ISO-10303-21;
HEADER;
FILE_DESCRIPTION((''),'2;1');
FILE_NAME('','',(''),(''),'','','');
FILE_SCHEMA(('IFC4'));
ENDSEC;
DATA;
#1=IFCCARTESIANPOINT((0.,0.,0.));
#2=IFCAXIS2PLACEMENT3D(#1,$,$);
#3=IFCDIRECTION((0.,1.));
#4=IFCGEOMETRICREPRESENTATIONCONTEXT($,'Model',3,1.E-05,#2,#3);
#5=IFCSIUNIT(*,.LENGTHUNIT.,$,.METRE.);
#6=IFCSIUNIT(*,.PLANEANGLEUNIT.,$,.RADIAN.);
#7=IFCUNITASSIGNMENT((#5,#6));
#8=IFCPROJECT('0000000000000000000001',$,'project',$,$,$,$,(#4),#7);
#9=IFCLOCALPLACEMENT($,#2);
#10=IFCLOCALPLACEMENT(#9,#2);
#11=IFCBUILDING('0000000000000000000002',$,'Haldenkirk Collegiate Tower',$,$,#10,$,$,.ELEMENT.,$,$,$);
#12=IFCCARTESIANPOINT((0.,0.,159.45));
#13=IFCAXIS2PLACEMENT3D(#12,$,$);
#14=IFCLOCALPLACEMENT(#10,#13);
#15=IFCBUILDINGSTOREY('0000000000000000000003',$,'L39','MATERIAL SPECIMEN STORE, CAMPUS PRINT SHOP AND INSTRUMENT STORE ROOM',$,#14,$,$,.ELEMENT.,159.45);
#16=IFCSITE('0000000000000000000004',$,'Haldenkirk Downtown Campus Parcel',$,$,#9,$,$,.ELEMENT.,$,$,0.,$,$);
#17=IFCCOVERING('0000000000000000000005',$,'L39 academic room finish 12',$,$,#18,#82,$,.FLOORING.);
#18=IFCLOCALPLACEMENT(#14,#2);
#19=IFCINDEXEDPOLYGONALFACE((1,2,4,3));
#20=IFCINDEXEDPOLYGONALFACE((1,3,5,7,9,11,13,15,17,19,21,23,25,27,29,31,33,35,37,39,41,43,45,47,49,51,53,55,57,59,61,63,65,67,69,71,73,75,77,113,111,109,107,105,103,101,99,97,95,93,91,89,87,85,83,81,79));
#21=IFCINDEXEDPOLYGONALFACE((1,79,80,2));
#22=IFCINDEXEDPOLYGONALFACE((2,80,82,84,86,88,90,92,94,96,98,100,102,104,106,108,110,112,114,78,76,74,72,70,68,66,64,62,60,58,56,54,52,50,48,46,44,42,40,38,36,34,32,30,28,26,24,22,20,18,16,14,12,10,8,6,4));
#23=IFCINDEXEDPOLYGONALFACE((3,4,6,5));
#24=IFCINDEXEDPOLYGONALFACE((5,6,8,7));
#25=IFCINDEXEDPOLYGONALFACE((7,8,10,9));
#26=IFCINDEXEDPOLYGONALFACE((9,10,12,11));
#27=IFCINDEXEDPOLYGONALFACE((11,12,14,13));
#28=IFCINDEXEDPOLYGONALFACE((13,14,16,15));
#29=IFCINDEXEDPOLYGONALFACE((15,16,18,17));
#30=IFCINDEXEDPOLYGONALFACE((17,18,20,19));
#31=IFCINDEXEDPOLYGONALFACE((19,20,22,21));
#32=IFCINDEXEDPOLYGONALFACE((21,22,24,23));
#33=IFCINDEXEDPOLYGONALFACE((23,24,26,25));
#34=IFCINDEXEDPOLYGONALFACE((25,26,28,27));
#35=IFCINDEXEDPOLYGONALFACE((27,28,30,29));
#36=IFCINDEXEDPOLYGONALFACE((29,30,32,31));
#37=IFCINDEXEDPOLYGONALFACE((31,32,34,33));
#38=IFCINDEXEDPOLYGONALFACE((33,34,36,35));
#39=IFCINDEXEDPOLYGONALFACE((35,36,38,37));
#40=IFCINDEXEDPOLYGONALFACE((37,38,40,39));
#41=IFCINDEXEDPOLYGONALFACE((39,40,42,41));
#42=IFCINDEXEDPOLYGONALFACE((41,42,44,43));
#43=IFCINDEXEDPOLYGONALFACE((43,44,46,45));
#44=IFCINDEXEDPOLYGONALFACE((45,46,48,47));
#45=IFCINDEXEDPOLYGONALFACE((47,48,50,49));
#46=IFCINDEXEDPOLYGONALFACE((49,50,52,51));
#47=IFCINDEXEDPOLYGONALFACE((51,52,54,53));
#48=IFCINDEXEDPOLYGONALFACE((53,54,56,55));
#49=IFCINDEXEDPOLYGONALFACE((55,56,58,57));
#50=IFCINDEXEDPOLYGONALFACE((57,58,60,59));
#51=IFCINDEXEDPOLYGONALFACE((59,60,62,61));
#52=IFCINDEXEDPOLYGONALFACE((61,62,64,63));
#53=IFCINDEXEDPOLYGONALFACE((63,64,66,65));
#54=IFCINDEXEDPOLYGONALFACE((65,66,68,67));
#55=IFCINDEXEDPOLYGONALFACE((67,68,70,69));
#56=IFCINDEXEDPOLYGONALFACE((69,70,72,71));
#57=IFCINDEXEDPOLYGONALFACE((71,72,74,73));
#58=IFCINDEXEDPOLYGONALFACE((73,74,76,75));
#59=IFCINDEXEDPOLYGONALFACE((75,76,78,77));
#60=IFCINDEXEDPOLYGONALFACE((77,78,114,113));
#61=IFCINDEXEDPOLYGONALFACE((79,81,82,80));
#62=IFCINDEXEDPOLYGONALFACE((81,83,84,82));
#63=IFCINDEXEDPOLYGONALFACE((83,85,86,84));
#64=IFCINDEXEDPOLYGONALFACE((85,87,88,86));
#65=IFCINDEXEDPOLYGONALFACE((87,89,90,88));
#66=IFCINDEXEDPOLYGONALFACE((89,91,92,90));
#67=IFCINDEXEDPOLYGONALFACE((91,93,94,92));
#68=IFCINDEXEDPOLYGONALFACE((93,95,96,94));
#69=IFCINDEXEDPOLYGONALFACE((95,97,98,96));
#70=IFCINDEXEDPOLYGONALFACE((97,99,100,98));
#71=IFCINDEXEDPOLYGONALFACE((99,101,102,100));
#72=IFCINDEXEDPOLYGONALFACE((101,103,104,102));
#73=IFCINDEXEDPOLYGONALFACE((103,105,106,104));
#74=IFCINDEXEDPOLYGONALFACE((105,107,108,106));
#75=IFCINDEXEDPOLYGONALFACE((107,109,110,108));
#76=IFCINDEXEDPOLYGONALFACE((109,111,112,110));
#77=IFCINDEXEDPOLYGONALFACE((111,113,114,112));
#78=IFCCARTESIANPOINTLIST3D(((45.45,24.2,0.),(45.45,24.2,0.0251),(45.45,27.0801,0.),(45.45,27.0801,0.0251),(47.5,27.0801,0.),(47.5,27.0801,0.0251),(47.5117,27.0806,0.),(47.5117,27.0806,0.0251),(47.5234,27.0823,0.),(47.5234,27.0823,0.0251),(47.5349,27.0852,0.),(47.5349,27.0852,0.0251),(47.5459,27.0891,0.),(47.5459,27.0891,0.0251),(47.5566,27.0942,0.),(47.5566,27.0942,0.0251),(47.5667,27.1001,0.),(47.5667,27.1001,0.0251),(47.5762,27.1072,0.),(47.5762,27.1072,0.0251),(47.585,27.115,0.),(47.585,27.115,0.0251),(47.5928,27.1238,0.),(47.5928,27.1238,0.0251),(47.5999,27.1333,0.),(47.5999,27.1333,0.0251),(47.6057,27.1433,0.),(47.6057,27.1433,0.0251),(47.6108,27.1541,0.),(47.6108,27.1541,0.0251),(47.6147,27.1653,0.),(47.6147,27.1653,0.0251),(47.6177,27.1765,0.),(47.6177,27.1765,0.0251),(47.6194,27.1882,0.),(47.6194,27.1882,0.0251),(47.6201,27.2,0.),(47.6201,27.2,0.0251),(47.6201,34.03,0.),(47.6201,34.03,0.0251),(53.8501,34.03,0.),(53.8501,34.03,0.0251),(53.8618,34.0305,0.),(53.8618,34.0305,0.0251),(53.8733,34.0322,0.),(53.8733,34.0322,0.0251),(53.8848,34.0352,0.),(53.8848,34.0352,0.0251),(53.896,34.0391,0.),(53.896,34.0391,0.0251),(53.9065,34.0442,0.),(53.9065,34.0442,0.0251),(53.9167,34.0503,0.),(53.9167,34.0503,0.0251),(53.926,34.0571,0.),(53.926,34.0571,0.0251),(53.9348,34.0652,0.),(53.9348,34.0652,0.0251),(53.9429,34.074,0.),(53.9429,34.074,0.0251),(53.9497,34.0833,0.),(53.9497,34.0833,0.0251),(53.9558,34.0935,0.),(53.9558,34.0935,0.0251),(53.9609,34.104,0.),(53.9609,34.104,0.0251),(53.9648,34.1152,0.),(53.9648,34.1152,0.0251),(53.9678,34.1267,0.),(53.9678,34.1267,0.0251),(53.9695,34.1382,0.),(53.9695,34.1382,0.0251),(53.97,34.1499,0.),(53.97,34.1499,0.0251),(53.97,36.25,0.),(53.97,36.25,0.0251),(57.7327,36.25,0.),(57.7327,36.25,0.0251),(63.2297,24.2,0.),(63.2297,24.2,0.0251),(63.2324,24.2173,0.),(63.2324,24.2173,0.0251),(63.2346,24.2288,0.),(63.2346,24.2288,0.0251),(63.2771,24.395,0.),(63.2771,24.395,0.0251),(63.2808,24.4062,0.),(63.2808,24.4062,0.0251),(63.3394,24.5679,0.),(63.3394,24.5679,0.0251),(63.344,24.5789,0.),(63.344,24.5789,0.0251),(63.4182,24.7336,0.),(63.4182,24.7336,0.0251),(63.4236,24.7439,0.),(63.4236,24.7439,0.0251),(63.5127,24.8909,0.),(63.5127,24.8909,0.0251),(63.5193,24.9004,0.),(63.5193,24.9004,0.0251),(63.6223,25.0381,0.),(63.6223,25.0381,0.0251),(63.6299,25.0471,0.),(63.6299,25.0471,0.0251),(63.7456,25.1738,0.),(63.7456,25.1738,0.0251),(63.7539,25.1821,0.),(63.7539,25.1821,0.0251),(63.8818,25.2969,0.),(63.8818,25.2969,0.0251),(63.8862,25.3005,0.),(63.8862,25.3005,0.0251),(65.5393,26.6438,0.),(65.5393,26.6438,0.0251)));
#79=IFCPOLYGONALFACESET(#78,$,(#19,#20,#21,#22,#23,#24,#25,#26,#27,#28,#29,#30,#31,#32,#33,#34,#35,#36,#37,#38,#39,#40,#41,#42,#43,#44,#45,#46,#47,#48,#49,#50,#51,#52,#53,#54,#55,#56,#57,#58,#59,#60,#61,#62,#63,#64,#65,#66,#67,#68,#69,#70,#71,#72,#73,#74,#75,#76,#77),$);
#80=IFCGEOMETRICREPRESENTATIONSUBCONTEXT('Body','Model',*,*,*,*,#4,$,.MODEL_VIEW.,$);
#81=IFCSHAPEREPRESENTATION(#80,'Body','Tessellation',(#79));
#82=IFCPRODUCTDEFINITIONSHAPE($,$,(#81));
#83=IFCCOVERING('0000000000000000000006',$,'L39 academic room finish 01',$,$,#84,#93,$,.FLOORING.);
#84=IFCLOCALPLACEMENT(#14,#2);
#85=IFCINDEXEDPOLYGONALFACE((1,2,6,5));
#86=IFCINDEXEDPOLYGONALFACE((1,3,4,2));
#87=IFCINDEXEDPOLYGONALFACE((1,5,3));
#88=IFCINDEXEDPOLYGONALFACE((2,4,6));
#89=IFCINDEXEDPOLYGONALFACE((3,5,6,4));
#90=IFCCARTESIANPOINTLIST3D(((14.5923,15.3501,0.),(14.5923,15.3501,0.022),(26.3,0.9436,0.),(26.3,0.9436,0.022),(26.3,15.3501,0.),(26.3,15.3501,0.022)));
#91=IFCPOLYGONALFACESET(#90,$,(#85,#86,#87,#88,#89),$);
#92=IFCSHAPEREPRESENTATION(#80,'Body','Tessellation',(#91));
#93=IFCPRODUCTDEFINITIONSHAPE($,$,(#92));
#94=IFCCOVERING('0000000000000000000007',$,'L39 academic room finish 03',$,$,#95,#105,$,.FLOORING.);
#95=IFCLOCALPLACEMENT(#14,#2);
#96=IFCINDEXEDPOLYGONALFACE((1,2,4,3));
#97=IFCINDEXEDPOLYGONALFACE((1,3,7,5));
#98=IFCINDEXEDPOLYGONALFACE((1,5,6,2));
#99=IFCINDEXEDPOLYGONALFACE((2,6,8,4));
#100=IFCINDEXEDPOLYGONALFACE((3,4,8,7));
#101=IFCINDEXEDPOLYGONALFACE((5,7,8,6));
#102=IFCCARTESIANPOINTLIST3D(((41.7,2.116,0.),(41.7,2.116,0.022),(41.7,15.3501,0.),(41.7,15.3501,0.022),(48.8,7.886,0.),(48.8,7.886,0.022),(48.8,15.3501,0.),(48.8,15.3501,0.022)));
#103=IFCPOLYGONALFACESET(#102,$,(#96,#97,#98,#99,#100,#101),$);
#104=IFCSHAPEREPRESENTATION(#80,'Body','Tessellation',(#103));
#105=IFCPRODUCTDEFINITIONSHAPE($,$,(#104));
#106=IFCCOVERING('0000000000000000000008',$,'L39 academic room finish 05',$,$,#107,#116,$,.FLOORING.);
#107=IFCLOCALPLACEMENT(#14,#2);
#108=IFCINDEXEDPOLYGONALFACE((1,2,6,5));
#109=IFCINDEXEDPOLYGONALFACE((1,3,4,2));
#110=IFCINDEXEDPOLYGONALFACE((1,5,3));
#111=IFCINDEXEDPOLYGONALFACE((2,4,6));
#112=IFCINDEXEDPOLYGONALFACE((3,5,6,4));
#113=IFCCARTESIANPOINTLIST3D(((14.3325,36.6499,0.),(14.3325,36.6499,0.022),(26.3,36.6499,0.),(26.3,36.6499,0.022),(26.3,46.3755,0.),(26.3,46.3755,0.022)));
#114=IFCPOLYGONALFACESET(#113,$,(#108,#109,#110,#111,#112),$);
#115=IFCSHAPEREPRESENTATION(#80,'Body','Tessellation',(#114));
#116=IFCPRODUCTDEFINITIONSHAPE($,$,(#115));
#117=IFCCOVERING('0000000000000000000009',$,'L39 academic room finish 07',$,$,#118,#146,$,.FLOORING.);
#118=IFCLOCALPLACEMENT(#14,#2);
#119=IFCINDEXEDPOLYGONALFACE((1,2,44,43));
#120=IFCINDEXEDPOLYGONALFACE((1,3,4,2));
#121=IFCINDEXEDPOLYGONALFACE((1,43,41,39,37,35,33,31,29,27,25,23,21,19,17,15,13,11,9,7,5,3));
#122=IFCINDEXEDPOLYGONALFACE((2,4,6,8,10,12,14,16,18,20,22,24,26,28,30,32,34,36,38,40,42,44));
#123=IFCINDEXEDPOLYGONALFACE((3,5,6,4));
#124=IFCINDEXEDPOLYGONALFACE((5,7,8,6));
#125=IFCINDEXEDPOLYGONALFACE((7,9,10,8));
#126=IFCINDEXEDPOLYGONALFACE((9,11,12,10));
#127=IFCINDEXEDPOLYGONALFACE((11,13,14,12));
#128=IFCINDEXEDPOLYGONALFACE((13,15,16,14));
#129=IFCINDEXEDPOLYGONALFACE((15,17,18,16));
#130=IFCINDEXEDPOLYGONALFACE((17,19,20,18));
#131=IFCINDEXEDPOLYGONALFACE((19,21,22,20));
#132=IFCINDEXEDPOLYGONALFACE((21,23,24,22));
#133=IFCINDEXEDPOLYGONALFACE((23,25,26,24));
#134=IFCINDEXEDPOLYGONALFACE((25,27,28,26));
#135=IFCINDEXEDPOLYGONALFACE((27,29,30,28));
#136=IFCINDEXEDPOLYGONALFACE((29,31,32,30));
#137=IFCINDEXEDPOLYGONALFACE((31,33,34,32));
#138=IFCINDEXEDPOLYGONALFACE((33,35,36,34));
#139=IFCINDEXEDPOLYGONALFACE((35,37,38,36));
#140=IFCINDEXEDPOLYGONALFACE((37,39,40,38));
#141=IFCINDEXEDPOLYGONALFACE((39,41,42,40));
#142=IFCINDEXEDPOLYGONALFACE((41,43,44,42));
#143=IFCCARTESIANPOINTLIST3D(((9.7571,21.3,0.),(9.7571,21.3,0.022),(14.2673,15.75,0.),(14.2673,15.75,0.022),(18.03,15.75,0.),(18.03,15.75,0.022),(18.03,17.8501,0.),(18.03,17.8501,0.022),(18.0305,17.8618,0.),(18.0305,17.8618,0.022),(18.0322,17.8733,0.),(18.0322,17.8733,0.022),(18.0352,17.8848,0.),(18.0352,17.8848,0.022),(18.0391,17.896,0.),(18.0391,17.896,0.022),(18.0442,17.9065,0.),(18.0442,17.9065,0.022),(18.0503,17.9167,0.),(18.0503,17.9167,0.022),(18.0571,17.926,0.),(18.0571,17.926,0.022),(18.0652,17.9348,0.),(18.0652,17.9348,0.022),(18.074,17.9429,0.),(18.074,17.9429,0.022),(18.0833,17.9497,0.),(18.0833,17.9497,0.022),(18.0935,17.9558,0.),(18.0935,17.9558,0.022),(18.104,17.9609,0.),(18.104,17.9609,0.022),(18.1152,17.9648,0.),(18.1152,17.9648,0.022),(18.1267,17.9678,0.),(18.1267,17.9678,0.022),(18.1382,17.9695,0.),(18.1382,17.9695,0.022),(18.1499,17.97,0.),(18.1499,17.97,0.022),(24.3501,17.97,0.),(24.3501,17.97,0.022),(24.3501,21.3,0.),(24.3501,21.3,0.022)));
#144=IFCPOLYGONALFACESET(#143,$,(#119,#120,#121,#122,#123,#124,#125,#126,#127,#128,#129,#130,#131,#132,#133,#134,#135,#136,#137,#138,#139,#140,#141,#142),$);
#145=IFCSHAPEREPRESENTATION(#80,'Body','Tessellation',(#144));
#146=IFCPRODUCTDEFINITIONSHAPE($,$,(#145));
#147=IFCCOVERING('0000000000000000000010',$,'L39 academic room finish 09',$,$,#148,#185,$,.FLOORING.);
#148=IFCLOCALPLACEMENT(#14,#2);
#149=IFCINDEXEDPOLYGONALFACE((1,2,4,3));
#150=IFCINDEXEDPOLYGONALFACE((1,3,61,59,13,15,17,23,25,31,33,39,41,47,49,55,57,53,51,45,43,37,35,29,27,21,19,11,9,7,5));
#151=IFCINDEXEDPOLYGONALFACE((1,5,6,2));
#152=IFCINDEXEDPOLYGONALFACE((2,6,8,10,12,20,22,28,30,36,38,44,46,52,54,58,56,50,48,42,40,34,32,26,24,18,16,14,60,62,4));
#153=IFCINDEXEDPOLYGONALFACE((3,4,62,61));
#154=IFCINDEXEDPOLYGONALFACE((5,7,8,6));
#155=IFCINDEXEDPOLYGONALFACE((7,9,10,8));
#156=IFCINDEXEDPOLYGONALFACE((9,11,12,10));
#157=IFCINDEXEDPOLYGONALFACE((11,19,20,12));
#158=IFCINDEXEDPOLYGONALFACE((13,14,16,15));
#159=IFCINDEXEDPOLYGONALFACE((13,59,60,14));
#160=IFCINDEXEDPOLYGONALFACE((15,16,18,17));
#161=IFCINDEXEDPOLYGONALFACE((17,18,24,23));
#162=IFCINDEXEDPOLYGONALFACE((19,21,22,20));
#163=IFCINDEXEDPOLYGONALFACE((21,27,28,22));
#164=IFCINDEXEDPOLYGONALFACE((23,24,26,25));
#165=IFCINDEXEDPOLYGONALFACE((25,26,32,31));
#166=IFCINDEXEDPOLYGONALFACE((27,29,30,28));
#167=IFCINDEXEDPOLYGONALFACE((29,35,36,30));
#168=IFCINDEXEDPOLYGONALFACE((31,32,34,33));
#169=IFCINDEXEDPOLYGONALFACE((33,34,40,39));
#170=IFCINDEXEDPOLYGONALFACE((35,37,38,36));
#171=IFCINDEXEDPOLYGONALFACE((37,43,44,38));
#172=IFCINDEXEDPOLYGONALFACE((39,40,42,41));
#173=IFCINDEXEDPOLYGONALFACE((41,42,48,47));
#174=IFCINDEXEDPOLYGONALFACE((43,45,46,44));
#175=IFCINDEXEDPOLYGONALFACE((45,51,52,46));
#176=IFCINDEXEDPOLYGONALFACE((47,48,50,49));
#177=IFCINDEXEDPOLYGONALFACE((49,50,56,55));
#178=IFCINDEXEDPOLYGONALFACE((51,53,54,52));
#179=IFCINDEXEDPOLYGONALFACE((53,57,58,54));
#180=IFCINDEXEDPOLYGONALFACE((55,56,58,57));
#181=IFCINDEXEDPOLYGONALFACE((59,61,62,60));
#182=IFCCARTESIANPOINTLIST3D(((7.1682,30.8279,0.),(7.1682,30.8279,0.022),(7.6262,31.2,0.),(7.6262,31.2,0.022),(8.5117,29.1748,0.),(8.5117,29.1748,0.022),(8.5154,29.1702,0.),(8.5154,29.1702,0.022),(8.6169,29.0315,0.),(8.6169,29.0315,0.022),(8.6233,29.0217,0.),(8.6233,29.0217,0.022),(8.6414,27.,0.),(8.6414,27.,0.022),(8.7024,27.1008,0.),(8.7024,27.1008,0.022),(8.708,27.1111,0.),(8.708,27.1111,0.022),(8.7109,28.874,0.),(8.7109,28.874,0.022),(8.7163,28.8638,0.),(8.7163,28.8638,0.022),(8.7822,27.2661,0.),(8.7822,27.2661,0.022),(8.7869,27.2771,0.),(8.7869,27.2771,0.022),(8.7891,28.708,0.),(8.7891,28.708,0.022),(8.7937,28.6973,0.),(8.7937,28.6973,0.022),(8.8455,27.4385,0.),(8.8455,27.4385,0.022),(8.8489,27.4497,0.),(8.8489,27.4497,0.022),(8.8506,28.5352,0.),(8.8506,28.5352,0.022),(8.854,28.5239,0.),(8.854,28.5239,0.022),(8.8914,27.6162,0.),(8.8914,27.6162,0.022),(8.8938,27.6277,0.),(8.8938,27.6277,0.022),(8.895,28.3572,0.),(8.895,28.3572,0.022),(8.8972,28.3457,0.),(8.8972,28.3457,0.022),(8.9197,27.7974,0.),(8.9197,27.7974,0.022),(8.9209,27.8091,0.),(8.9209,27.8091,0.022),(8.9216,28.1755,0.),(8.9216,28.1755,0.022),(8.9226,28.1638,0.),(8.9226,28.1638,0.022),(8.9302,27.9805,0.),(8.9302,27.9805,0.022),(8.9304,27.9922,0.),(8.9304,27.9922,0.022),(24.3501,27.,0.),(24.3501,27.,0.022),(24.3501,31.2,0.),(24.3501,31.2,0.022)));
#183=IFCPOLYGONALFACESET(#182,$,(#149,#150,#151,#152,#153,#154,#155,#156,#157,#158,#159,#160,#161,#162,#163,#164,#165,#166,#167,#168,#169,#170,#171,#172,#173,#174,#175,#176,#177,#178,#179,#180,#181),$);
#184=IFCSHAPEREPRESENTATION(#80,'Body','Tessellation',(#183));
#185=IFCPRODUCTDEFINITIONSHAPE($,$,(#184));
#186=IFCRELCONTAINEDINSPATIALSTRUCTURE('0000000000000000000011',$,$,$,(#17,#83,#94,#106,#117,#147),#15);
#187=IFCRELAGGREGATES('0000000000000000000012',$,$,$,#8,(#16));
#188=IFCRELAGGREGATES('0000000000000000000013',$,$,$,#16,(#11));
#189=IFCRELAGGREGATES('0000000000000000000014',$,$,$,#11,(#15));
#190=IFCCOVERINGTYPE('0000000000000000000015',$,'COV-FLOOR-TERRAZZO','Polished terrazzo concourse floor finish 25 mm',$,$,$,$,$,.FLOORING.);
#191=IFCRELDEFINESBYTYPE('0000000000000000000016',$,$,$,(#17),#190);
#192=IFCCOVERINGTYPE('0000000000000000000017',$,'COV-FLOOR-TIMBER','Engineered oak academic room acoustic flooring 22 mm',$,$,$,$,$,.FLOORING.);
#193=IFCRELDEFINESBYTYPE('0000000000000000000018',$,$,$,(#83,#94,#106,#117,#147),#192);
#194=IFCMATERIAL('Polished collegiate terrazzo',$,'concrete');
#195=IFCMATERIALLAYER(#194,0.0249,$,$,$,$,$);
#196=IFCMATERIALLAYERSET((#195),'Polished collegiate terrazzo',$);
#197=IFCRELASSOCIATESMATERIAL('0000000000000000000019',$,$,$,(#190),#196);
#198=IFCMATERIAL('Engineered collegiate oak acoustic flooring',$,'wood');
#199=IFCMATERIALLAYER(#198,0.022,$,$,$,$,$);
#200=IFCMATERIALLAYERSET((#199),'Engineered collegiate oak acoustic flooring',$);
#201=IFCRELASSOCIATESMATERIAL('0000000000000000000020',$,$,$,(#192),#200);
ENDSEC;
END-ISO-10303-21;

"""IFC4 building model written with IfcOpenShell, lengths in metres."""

from ifc_helpers import new_model, si_unit, direction, frame, origin, place, context, subcontext, project, spatial, polyline, outline, extrude, material, layer, layer_set, type_object, element, save


model = new_model("IFC4")

# Units and contexts
model_context = context("Model", 3, precision=1e-05, world=origin(), true_north=direction((0.0, 1.0)))
body_context = subcontext(model_context, "Body", "Model", "MODEL_VIEW")
ifc_project = project(units=[si_unit("LENGTHUNIT", "METRE"), si_unit("PLANEANGLEUNIT", "RADIAN")], contexts=[model_context])

# Site, building, storey
site_placement = place(None, origin())
site = spatial("IfcSite", under=ifc_project, at=site_placement, Name="Haldenkirk Downtown Campus Parcel", CompositionType="ELEMENT", RefElevation=0.0)
building_placement = place(site_placement, origin())
building = spatial("IfcBuilding", under=site, at=building_placement, Name="Haldenkirk Collegiate Tower", CompositionType="ELEMENT")
storey_placement = place(building_placement, frame((0.0, 0.0, 159.45)))
storey = spatial("IfcBuildingStorey", under=building, at=storey_placement, Name="L39", Description="MATERIAL SPECIMEN STORE, CAMPUS PRINT SHOP AND INSTRUMENT STORE ROOM", CompositionType="ELEMENT", Elevation=159.45)

# Coverings
ifc_material_1 = material(Name="Polished collegiate terrazzo", Category="concrete")
ifc_layer_1 = layer(ifc_material_1, 0.0249)
ifc_layer_set_1 = layer_set([ifc_layer_1], Name="Polished collegiate terrazzo")
covering_type_1 = type_object("IfcCoveringType", Name="COV-FLOOR-TERRAZZO", Description="Polished terrazzo concourse floor finish 25 mm", PredefinedType="FLOORING", material=ifc_layer_set_1)
covering_1_placement = place(storey_placement, origin())
element("IfcCovering", 1, at=covering_1_placement, inside=storey, type_object=covering_type_1, Name="L39 academic room finish 12", PredefinedType="FLOORING", context=body_context, shape_type="SweptSolid", body=[
    extrude(outline(polyline([(63.8862, 25.3005), (63.8818, 25.2969), (63.7539, 25.1821), (63.7456, 25.1738), (63.6299, 25.0471), (63.6223, 25.0381), (63.5193, 24.9004), (63.5127, 24.8909), (63.4236, 24.7439), (63.4182, 24.7336), (63.344, 24.5789), (63.3394, 24.5679), (63.2808, 24.4062), (63.2771, 24.395), (63.2346, 24.2288), (63.2324, 24.2173), (63.2297, 24.2), (45.45, 24.2), (45.45, 27.0801), (47.5, 27.0801), (47.5117, 27.0806), (47.5234, 27.0823), (47.5349, 27.0852), (47.5459, 27.0891), (47.5566, 27.0942), (47.5667, 27.1001), (47.5762, 27.1072), (47.585, 27.115), (47.5928, 27.1238), (47.5999, 27.1333), (47.6057, 27.1433), (47.6108, 27.1541), (47.6147, 27.1653), (47.6177, 27.1765), (47.6194, 27.1882), (47.6201, 27.2), (47.6201, 34.03), (53.8501, 34.03), (53.8618, 34.0305), (53.8733, 34.0322), (53.8848, 34.0352), (53.896, 34.0391), (53.9065, 34.0442), (53.9167, 34.0503), (53.926, 34.0571), (53.9348, 34.0652), (53.9429, 34.074), (53.9497, 34.0833), (53.9558, 34.0935), (53.9609, 34.104), (53.9648, 34.1152), (53.9678, 34.1267), (53.9695, 34.1382), (53.97, 34.1499), (53.97, 36.25), (57.7327, 36.25), (65.5393, 26.6438), (63.8862, 25.3005)])), origin(), (0.0, 0.0, 1.0), 0.0251),
])
ifc_material_2 = material(Name="Engineered collegiate oak acoustic flooring", Category="wood")
ifc_layer_2 = layer(ifc_material_2, 0.022)
ifc_layer_set_2 = layer_set([ifc_layer_2], Name="Engineered collegiate oak acoustic flooring")
covering_type_2 = type_object("IfcCoveringType", Name="COV-FLOOR-TIMBER", Description="Engineered oak academic room acoustic flooring 22 mm", PredefinedType="FLOORING", material=ifc_layer_set_2)
covering_2_placement = place(storey_placement, origin())
element("IfcCovering", 2, at=covering_2_placement, inside=storey, type_object=covering_type_2, Name="L39 academic room finish 01", PredefinedType="FLOORING", context=body_context, shape_type="SweptSolid", body=[
    extrude(outline(polyline([(14.5923, 15.3501), (26.3, 15.3501), (26.3, 0.9436), (14.5923, 15.3501)])), origin(), (0.0, 0.0, 1.0), 0.022),
])
covering_3_placement = place(storey_placement, origin())
element("IfcCovering", 3, at=covering_3_placement, inside=storey, type_object=covering_type_2, Name="L39 academic room finish 03", PredefinedType="FLOORING", context=body_context, shape_type="SweptSolid", body=[
    extrude(outline(polyline([(41.7, 2.116), (41.7, 15.3501), (48.8, 15.3501), (48.8, 7.886), (41.7, 2.116)])), origin(), (0.0, 0.0, 1.0), 0.022),
])
covering_4_placement = place(storey_placement, origin())
element("IfcCovering", 4, at=covering_4_placement, inside=storey, type_object=covering_type_2, Name="L39 academic room finish 05", PredefinedType="FLOORING", context=body_context, shape_type="SweptSolid", body=[
    extrude(outline(polyline([(26.3, 46.3755), (26.3, 36.6499), (14.3325, 36.6499), (26.3, 46.3755)])), origin(), (0.0, 0.0, 1.0), 0.022),
])
covering_5_placement = place(storey_placement, origin())
element("IfcCovering", 5, at=covering_5_placement, inside=storey, type_object=covering_type_2, Name="L39 academic room finish 07", PredefinedType="FLOORING", context=body_context, shape_type="SweptSolid", body=[
    extrude(outline(polyline([(18.1499, 17.97), (18.1382, 17.9695), (18.1267, 17.9678), (18.1152, 17.9648), (18.104, 17.9609), (18.0935, 17.9558), (18.0833, 17.9497), (18.074, 17.9429), (18.0652, 17.9348), (18.0571, 17.926), (18.0503, 17.9167), (18.0442, 17.9065), (18.0391, 17.896), (18.0352, 17.8848), (18.0322, 17.8733), (18.0305, 17.8618), (18.03, 17.8501), (18.03, 15.75), (14.2673, 15.75), (9.7571, 21.3), (24.3501, 21.3), (24.3501, 17.97), (18.1499, 17.97)])), origin(), (0.0, 0.0, 1.0), 0.022),
])
covering_6_placement = place(storey_placement, origin())
element("IfcCovering", 6, at=covering_6_placement, inside=storey, type_object=covering_type_2, Name="L39 academic room finish 09", PredefinedType="FLOORING", context=body_context, shape_type="SweptSolid", body=[
    extrude(outline(polyline([(8.6414, 27.0), (8.7024, 27.1008), (8.708, 27.1111), (8.7822, 27.2661), (8.7869, 27.2771), (8.8455, 27.4385), (8.8489, 27.4497), (8.8914, 27.6162), (8.8938, 27.6277), (8.9197, 27.7974), (8.9209, 27.8091), (8.9302, 27.9805), (8.9304, 27.9922), (8.9226, 28.1638), (8.9216, 28.1755), (8.8972, 28.3457), (8.895, 28.3572), (8.854, 28.5239), (8.8506, 28.5352), (8.7937, 28.6973), (8.7891, 28.708), (8.7163, 28.8638), (8.7109, 28.874), (8.6233, 29.0217), (8.6169, 29.0315), (8.5154, 29.1702), (8.5117, 29.1748), (7.1682, 30.8279), (7.6262, 31.2), (24.3501, 31.2), (24.3501, 27.0), (8.6414, 27.0)])), origin(), (0.0, 0.0, 1.0), 0.022),
])

save(model, "model.ifc")
